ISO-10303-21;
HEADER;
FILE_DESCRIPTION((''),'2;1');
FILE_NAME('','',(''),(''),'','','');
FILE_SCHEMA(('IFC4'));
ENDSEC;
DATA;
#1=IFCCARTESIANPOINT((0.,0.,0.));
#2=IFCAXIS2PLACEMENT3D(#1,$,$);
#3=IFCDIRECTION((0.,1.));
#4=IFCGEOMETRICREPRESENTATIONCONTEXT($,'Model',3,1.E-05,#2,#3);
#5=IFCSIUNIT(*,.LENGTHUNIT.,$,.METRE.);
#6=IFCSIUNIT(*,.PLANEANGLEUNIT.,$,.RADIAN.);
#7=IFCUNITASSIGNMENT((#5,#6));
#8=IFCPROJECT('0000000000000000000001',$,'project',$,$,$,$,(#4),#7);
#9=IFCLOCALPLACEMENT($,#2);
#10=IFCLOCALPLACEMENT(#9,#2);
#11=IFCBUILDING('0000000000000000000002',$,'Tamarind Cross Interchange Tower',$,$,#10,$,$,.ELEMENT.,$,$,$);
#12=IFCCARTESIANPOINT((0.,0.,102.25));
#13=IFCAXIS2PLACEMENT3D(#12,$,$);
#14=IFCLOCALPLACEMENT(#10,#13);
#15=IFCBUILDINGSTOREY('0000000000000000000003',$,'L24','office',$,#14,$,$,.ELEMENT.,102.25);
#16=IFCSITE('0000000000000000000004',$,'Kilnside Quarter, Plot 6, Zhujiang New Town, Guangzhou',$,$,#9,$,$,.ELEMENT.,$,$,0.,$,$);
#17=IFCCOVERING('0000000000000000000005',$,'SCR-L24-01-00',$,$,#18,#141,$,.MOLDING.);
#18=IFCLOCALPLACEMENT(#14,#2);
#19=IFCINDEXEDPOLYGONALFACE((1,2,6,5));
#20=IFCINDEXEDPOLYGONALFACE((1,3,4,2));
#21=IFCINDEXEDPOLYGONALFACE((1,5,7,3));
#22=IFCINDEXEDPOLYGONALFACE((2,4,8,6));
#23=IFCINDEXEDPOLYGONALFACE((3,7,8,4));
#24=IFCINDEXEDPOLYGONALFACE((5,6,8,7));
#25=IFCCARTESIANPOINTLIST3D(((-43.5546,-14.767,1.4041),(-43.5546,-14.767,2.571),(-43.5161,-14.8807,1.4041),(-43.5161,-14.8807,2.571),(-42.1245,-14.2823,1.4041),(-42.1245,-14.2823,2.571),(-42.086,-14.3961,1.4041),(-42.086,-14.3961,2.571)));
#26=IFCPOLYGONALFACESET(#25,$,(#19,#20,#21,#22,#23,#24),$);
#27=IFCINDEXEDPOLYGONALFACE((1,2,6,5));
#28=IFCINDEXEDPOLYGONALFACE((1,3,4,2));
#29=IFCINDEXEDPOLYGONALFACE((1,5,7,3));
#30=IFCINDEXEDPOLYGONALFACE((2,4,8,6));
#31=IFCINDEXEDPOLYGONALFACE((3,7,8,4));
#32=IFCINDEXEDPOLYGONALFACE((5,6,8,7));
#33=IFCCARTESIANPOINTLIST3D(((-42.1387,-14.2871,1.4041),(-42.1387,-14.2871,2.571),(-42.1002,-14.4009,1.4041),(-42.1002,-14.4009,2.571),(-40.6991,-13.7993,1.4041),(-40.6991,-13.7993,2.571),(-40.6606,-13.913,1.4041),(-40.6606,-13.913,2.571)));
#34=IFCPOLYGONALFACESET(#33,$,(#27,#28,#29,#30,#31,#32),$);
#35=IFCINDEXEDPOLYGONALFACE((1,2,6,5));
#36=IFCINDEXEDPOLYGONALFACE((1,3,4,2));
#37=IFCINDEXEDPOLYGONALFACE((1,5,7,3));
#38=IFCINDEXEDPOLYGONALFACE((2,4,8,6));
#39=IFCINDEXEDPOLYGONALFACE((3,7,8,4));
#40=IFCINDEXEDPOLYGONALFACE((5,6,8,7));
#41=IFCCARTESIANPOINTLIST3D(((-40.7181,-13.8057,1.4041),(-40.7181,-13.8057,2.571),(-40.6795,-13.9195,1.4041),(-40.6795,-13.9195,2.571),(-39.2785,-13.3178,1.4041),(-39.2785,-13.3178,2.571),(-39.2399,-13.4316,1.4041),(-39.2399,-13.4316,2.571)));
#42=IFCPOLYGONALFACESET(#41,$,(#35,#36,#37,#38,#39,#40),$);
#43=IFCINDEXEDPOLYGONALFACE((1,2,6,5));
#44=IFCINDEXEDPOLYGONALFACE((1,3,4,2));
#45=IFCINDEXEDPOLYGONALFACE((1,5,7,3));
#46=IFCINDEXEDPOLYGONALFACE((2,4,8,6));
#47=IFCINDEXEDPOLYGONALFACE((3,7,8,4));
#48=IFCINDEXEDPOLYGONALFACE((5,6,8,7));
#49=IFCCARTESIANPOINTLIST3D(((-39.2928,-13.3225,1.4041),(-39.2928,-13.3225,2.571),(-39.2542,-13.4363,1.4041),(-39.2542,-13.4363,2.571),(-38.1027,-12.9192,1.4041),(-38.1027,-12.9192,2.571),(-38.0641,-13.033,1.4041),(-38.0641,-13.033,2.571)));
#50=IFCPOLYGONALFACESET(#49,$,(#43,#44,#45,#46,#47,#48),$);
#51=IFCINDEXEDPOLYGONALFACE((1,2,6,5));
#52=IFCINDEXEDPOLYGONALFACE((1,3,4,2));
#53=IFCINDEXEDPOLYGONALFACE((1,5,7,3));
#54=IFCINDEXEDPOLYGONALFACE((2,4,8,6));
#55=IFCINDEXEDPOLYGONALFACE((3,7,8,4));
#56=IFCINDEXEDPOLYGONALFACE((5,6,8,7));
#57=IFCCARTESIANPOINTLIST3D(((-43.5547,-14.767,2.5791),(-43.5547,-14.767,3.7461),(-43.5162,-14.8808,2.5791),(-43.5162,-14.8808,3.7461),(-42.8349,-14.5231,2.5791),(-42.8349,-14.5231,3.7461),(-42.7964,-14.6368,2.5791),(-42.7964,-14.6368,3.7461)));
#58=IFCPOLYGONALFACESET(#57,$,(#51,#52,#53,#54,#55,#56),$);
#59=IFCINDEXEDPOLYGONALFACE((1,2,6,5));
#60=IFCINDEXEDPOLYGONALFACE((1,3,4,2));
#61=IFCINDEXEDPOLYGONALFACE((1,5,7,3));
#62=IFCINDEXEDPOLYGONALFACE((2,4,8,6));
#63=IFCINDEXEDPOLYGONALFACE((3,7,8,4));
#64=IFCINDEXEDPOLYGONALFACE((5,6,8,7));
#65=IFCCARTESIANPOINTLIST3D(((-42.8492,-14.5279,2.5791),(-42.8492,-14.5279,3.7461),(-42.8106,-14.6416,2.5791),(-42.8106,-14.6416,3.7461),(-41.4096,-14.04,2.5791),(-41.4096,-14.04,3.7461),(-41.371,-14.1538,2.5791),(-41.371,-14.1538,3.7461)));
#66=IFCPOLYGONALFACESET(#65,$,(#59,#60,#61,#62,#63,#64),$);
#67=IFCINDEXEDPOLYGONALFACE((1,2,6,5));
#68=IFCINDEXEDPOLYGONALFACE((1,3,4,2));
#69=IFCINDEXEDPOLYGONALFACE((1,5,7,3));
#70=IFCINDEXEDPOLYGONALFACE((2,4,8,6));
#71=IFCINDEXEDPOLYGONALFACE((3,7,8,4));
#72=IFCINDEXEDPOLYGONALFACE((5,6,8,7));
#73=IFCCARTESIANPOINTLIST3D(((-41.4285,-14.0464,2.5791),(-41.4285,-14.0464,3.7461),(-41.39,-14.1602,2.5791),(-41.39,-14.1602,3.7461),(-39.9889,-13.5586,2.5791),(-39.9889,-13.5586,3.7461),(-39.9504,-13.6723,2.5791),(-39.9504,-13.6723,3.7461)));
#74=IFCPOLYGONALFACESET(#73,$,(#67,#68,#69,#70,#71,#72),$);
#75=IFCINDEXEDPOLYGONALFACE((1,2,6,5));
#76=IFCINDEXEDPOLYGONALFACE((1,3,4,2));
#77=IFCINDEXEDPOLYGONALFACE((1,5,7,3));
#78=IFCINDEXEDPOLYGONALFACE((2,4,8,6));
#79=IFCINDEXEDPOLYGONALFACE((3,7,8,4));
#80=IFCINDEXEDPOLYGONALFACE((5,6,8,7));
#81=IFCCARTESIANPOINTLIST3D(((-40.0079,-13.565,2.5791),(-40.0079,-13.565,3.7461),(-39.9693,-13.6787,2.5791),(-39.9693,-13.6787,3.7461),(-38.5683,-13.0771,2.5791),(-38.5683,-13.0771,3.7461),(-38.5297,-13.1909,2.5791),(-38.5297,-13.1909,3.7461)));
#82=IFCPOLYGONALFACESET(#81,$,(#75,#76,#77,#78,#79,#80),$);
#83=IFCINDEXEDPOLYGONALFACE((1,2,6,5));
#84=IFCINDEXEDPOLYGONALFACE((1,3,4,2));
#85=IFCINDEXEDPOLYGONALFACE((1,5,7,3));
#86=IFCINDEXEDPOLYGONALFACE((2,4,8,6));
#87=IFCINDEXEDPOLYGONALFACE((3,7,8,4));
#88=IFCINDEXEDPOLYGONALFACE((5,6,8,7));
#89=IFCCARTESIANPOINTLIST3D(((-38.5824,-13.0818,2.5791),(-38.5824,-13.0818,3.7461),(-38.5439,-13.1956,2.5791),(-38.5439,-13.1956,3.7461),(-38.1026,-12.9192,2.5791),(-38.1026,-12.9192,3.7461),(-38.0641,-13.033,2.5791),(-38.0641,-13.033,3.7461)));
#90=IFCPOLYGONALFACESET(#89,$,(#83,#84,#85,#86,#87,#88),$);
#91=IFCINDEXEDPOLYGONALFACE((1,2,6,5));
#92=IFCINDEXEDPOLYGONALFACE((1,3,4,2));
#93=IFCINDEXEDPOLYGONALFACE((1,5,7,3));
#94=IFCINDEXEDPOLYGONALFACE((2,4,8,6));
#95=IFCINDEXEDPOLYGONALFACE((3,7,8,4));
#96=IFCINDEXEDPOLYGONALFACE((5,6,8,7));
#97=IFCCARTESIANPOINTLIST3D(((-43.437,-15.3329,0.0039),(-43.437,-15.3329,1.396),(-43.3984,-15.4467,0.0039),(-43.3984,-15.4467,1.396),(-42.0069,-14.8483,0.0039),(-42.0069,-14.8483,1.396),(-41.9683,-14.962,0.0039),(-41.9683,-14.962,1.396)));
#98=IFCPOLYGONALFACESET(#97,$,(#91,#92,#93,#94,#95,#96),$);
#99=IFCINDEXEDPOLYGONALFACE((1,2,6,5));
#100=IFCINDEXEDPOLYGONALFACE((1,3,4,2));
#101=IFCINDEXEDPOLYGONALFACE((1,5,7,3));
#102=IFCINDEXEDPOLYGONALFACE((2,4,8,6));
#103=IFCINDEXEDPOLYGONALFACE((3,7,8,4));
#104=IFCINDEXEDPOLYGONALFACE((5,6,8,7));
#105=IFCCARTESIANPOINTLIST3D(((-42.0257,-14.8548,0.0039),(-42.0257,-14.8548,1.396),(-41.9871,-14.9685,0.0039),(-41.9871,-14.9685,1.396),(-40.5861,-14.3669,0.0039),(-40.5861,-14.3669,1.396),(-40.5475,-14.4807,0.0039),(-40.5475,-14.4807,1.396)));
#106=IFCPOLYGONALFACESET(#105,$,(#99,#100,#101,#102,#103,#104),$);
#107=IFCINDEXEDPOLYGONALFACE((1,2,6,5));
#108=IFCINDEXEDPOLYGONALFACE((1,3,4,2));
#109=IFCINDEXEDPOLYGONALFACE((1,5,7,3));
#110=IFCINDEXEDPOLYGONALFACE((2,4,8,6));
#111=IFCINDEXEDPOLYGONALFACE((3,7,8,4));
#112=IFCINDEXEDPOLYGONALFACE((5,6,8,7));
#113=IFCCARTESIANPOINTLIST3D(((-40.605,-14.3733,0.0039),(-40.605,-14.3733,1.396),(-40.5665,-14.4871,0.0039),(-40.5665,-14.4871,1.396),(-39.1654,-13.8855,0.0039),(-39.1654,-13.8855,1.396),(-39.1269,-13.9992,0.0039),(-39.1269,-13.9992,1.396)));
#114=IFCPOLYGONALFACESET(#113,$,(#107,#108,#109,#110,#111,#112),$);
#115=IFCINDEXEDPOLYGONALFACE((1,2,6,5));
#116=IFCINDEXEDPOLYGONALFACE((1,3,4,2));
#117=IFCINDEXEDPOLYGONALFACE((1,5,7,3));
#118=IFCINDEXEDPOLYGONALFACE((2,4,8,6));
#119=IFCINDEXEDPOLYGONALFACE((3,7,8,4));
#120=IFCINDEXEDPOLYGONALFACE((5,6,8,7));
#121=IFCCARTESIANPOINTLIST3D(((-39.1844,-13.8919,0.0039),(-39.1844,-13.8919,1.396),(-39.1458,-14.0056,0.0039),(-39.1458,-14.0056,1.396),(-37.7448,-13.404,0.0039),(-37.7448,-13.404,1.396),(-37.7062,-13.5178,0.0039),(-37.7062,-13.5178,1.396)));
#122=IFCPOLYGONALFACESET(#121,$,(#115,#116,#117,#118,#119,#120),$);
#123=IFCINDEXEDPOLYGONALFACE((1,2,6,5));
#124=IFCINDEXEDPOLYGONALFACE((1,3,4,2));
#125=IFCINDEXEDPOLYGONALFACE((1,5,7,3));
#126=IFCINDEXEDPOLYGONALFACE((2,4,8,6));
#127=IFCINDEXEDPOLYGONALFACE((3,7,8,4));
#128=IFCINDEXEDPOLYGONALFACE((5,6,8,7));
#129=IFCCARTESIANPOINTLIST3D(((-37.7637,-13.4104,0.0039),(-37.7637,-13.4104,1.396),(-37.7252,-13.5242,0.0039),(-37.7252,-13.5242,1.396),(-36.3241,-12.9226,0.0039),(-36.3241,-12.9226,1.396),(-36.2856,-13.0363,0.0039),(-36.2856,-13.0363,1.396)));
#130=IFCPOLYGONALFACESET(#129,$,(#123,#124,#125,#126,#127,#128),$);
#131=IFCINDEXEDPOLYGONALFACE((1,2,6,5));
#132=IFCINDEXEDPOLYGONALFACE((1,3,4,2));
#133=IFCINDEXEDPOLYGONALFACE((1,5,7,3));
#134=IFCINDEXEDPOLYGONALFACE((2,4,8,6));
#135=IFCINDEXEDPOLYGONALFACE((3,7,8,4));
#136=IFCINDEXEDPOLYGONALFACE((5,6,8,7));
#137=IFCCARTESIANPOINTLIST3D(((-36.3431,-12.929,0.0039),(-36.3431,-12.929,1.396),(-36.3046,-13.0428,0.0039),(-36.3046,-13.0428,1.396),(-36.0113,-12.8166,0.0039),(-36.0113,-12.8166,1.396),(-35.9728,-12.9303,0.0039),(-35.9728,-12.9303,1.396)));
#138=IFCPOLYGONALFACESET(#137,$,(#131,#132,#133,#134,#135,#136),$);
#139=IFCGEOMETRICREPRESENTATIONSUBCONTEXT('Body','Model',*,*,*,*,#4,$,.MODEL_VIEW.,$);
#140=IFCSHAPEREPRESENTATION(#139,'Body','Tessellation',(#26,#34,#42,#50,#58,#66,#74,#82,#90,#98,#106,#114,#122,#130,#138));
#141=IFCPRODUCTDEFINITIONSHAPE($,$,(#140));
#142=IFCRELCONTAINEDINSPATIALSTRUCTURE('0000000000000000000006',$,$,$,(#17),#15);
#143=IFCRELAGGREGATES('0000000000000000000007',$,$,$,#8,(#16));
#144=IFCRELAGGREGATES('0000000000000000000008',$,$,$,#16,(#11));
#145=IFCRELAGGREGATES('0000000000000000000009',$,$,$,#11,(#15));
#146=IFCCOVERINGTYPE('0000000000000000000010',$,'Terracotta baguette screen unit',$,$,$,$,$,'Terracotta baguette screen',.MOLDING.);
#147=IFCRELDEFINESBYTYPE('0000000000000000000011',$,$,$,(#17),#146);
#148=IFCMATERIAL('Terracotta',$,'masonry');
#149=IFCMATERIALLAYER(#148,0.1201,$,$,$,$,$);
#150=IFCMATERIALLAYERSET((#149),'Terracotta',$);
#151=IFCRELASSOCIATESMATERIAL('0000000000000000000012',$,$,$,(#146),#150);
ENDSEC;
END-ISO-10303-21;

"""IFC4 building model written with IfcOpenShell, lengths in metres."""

from ifc_helpers import new_model, si_unit, direction, frame, origin, origin_2d, place, context, subcontext, project, spatial, rectangle, extrude, material, layer, layer_set, type_object, element, save


model = new_model("IFC4")

# Units and contexts
model_context = context("Model", 3, precision=1e-05, world=origin(), true_north=direction((0.0, 1.0)))
body_context = subcontext(model_context, "Body", "Model", "MODEL_VIEW")
ifc_project = project(units=[si_unit("LENGTHUNIT", "METRE"), si_unit("PLANEANGLEUNIT", "RADIAN")], contexts=[model_context])

# Site, building, storey
site_placement = place(None, origin())
site = spatial("IfcSite", under=ifc_project, at=site_placement, Name="Kilnside Quarter, Plot 6, Zhujiang New Town, Guangzhou", CompositionType="ELEMENT", RefElevation=0.0)
building_placement = place(site_placement, origin())
building = spatial("IfcBuilding", under=site, at=building_placement, Name="Tamarind Cross Interchange Tower", CompositionType="ELEMENT")
storey_placement = place(building_placement, frame((0.0, 0.0, 102.25)))
storey = spatial("IfcBuildingStorey", under=building, at=storey_placement, Name="L24", Description="office", CompositionType="ELEMENT", Elevation=102.25)

# Covering
ifc_material_1 = material(Name="Terracotta", Category="masonry")
ifc_layer_1 = layer(ifc_material_1, 0.1201)
ifc_layer_set_1 = layer_set([ifc_layer_1], Name="Terracotta")
covering_type = type_object("IfcCoveringType", Name="Terracotta baguette screen unit", ElementType="Terracotta baguette screen", PredefinedType="MOLDING", material=ifc_layer_set_1)
covering_1_placement = place(storey_placement, origin())
element("IfcCovering", 1, at=covering_1_placement, inside=storey, type_object=covering_type, Name="SCR-L24-01-00", PredefinedType="MOLDING", context=body_context, shape_type="SweptSolid", body=[
    extrude(rectangle(XDim=1.51, YDim=0.1201, at=origin_2d()), frame((-42.8203, -14.5815, 1.4041), z_axis=(0.0, 0.0, 1.0), x_axis=(0.947093, 0.320959, 0.0)), (0.0, 0.0, 1.0), 1.167),
    extrude(rectangle(XDim=1.52, YDim=0.1201, at=origin_2d()), frame((-41.3997, -14.1001, 1.4041), z_axis=(0.0, 0.0, 1.0), x_axis=(0.947093, 0.320959, 0.0)), (0.0, 0.0, 1.0), 1.167),
    extrude(rectangle(XDim=1.52, YDim=0.1201, at=origin_2d()), frame((-39.979, -13.6187, 1.4041), z_axis=(0.0, 0.0, 1.0), x_axis=(0.947093, 0.320959, 0.0)), (0.0, 0.0, 1.0), 1.167),
    extrude(rectangle(XDim=1.2566, YDim=0.1201, at=origin_2d()), frame((-38.6785, -13.1777, 1.4041), z_axis=(0.0, 0.0, 1.0), x_axis=(0.947093, 0.320959, 0.0)), (0.0, 0.0, 1.0), 1.167),
    extrude(rectangle(XDim=0.76, YDim=0.1201, at=origin_2d()), frame((-43.1755, -14.7019, 2.5791), z_axis=(0.0, 0.0, 1.0), x_axis=(0.947093, 0.320959, 0.0)), (0.0, 0.0, 1.0), 1.167),
    extrude(rectangle(XDim=1.52, YDim=0.1201, at=origin_2d()), frame((-42.1101, -14.3408, 2.5791), z_axis=(0.0, 0.0, 1.0), x_axis=(0.947093, 0.320959, 0.0)), (0.0, 0.0, 1.0), 1.167),
    extrude(rectangle(XDim=1.52, YDim=0.1201, at=origin_2d()), frame((-40.6895, -13.8594, 2.5791), z_axis=(0.0, 0.0, 1.0), x_axis=(0.947093, 0.320959, 0.0)), (0.0, 0.0, 1.0), 1.167),
    extrude(rectangle(XDim=1.52, YDim=0.1201, at=origin_2d()), frame((-39.2688, -13.3779, 2.5791), z_axis=(0.0, 0.0, 1.0), x_axis=(0.947093, 0.320959, 0.0)), (0.0, 0.0, 1.0), 1.167),
    extrude(rectangle(XDim=0.5066, YDim=0.1201, at=origin_2d()), frame((-38.3232, -13.0574, 2.5791), z_axis=(0.0, 0.0, 1.0), x_axis=(0.947093, 0.320959, 0.0)), (0.0, 0.0, 1.0), 1.167),
    extrude(rectangle(XDim=1.51, YDim=0.1201, at=origin_2d()), frame((-42.7026, -15.1475, 0.0039), z_axis=(0.0, 0.0, 1.0), x_axis=(0.947093, 0.320959, 0.0)), (0.0, 0.0, 1.0), 1.3921),
    extrude(rectangle(XDim=1.52, YDim=0.1201, at=origin_2d()), frame((-41.2866, -14.6677, 0.0039), z_axis=(0.0, 0.0, 1.0), x_axis=(0.947093, 0.320959, 0.0)), (0.0, 0.0, 1.0), 1.3921),
    extrude(rectangle(XDim=1.52, YDim=0.1201, at=origin_2d()), frame((-39.866, -14.1863, 0.0039), z_axis=(0.0, 0.0, 1.0), x_axis=(0.947093, 0.320959, 0.0)), (0.0, 0.0, 1.0), 1.3921),
    extrude(rectangle(XDim=1.52, YDim=0.1201, at=origin_2d()), frame((-38.4453, -13.7048, 0.0039), z_axis=(0.0, 0.0, 1.0), x_axis=(0.947093, 0.320959, 0.0)), (0.0, 0.0, 1.0), 1.3921),
    extrude(rectangle(XDim=1.52, YDim=0.1201, at=origin_2d()), frame((-37.0247, -13.2234, 0.0039), z_axis=(0.0, 0.0, 1.0), x_axis=(0.947093, 0.320959, 0.0)), (0.0, 0.0, 1.0), 1.3921),
    extrude(rectangle(XDim=0.3503, YDim=0.1201, at=origin_2d()), frame((-36.158, -12.9297, 0.0039), z_axis=(0.0, 0.0, 1.0), x_axis=(0.947093, 0.320959, 0.0)), (0.0, 0.0, 1.0), 1.3921),
])

save(model, "model.ifc")
